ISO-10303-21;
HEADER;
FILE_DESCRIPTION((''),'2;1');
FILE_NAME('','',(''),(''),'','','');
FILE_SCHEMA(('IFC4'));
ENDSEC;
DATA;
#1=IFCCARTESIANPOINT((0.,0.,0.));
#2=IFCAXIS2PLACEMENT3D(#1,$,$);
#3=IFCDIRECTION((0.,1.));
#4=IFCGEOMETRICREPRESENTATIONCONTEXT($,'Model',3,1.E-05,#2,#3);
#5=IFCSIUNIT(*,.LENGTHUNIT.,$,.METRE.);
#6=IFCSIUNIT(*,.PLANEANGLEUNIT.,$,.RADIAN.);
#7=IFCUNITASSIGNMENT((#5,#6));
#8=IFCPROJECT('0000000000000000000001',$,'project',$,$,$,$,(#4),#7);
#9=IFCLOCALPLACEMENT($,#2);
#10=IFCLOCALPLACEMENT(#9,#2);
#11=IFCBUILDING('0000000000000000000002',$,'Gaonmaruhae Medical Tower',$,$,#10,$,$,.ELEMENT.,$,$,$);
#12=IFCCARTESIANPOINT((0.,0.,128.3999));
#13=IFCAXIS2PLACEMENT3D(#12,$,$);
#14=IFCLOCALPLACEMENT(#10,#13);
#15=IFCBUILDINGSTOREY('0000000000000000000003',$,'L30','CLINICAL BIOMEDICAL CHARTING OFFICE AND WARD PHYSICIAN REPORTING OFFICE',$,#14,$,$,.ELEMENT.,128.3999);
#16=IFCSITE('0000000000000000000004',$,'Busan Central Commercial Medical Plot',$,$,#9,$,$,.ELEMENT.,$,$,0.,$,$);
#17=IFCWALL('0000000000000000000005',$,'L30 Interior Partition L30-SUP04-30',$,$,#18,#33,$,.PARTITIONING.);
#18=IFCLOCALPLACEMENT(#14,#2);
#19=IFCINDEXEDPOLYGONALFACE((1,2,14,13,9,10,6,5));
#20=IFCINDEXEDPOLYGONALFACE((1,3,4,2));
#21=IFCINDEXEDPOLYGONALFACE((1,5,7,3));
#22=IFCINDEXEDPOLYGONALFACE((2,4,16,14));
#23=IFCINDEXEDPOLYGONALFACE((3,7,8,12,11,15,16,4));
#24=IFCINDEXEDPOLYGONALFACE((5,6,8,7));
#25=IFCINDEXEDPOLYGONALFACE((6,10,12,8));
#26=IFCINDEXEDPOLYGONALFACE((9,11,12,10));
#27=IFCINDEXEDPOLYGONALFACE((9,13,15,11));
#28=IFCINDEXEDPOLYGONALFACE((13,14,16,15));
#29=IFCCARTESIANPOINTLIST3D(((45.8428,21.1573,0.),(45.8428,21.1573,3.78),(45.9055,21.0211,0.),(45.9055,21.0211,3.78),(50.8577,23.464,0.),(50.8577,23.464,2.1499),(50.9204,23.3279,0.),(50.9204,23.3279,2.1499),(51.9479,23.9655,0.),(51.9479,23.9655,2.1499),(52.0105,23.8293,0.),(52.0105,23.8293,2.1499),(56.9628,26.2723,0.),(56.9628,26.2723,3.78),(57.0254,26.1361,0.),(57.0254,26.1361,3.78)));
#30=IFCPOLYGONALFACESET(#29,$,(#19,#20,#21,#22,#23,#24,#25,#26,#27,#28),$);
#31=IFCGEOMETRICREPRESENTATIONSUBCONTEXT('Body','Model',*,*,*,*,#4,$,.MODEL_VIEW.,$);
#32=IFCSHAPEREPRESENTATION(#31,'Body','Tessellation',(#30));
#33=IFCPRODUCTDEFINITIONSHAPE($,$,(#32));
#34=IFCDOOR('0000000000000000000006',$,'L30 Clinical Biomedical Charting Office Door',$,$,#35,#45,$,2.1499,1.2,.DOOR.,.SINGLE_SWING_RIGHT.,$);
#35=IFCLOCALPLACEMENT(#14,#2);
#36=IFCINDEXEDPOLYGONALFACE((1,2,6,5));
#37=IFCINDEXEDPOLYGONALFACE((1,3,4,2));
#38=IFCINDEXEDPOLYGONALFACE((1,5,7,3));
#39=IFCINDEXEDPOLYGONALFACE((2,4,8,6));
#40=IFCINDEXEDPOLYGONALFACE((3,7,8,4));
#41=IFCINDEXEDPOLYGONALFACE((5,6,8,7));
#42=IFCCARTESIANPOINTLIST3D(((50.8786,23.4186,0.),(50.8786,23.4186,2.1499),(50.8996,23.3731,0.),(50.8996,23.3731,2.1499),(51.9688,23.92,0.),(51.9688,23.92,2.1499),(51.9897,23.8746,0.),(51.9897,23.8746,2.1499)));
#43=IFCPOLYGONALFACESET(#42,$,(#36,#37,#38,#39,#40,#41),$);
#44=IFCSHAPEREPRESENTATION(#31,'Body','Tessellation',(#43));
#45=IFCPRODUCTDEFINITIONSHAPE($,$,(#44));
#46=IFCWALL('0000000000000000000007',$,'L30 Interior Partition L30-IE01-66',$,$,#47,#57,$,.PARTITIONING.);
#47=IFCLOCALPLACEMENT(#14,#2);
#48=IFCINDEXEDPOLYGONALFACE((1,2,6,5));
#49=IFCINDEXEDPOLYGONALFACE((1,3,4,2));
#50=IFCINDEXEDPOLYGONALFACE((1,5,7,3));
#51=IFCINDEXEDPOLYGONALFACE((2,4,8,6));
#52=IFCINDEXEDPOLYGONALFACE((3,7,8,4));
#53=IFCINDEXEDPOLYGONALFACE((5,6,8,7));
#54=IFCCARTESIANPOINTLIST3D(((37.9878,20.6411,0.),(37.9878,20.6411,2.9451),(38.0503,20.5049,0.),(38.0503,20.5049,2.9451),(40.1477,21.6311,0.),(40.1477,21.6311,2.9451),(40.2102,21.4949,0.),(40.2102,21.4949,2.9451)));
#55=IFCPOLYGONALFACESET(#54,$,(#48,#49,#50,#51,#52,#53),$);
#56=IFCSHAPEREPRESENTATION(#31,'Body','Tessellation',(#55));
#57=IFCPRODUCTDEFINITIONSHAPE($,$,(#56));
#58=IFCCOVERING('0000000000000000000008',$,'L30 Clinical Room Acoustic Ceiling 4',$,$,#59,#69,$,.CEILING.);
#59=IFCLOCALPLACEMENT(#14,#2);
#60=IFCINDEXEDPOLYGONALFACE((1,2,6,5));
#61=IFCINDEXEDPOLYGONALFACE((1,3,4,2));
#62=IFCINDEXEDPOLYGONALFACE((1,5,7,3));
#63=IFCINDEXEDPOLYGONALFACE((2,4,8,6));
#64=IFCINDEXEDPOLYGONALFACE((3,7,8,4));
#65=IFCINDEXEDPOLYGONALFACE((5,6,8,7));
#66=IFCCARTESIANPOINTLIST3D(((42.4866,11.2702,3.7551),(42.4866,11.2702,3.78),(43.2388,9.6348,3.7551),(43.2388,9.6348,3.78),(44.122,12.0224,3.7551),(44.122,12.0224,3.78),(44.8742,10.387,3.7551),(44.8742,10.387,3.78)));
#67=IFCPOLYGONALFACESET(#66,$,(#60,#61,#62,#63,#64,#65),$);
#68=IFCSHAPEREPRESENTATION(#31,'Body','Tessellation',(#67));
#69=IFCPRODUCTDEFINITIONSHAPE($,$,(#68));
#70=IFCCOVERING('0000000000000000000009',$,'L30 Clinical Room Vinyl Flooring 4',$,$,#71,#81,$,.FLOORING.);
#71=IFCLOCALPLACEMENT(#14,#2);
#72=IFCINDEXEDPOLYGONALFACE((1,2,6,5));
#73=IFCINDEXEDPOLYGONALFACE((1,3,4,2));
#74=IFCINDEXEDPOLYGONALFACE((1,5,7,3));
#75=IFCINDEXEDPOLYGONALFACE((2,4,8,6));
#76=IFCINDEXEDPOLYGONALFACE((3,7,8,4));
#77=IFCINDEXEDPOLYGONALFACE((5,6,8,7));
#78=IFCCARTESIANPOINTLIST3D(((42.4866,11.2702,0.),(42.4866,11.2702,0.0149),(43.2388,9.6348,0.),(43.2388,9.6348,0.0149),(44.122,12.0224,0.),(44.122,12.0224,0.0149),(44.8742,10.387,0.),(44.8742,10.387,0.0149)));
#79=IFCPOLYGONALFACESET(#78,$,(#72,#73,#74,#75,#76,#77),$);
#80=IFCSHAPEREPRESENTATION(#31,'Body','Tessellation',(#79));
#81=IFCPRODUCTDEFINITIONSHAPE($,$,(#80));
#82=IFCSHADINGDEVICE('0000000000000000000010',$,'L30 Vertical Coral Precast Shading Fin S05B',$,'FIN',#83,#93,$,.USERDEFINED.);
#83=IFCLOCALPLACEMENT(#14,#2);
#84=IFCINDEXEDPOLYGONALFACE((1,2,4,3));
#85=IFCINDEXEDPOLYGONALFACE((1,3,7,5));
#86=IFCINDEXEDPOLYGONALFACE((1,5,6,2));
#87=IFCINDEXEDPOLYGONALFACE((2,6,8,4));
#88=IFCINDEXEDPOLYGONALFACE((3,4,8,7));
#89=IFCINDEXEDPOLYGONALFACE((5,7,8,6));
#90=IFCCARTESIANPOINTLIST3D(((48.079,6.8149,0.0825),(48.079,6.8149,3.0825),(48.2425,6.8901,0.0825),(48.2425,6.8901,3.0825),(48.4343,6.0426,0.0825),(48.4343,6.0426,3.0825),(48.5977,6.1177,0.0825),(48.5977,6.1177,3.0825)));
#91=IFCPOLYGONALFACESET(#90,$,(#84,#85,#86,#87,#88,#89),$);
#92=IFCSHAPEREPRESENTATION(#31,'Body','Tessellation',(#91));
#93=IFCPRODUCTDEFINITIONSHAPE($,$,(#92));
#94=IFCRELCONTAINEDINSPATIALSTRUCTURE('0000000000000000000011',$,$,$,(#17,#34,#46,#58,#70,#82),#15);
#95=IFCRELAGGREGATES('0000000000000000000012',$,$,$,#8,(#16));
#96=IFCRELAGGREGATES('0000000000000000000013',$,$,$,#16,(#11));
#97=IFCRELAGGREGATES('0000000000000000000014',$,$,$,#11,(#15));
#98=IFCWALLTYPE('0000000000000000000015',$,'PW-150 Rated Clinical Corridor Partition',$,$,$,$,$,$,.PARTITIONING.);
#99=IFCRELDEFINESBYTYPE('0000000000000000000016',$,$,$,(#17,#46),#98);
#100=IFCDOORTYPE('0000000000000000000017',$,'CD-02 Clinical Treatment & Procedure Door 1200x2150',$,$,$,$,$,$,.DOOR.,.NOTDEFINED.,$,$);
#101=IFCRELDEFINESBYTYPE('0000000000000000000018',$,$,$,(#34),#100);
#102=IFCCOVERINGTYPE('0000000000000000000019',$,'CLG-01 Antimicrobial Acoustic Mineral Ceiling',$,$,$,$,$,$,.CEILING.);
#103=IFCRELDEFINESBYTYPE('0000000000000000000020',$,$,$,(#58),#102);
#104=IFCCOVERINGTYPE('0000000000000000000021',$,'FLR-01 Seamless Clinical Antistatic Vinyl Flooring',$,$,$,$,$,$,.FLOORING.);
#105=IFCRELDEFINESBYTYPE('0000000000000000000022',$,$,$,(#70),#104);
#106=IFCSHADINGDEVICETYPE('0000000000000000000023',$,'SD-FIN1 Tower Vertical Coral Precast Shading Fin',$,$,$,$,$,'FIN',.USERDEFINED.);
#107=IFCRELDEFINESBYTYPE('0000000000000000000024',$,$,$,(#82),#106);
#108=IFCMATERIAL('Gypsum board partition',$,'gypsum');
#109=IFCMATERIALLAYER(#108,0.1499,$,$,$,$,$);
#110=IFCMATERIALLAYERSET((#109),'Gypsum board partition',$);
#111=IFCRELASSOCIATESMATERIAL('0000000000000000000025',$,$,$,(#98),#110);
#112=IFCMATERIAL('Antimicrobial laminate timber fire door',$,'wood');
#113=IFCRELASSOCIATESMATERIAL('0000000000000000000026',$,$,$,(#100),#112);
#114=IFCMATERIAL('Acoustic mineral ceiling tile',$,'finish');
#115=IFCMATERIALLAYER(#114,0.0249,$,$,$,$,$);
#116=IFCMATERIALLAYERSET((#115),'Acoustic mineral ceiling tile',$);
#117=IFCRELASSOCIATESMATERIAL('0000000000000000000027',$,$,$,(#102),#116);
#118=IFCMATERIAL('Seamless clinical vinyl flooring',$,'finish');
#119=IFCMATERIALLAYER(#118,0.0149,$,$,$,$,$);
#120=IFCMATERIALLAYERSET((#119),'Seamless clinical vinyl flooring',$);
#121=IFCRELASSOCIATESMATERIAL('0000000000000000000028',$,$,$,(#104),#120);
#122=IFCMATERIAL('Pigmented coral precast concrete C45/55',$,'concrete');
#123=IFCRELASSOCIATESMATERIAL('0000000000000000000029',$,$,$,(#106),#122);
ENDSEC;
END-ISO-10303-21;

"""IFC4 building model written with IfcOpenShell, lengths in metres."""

from ifc_helpers import new_model, si_unit, direction, frame, frame_2d, origin, origin_2d, place, context, subcontext, project, spatial, rectangle, extrude, material, layer, layer_set, type_object, element, fill, save


model = new_model("IFC4")

# Units and contexts
model_context = context("Model", 3, precision=1e-05, world=origin(), true_north=direction((0.0, 1.0)))
body_context = subcontext(model_context, "Body", "Model", "MODEL_VIEW")
ifc_project = project(units=[si_unit("LENGTHUNIT", "METRE"), si_unit("PLANEANGLEUNIT", "RADIAN")], contexts=[model_context])

# Site, building, storey
site_placement = place(None, origin())
site = spatial("IfcSite", under=ifc_project, at=site_placement, Name="Busan Central Commercial Medical Plot", CompositionType="ELEMENT", RefElevation=0.0)
building_placement = place(site_placement, origin())
building = spatial("IfcBuilding", under=site, at=building_placement, Name="Gaonmaruhae Medical Tower", CompositionType="ELEMENT")
storey_placement = place(building_placement, frame((0.0, 0.0, 128.3999)))
storey = spatial("IfcBuildingStorey", under=building, at=storey_placement, Name="L30", Description="CLINICAL BIOMEDICAL CHARTING OFFICE AND WARD PHYSICIAN REPORTING OFFICE", CompositionType="ELEMENT", Elevation=128.3999)

# Shared definitions
ifc_material_1 = material(Name="Gypsum board partition", Category="gypsum")
ifc_layer_1 = layer(ifc_material_1, 0.1499)
ifc_layer_set_1 = layer_set([ifc_layer_1], Name="Gypsum board partition")
wall_type_1 = type_object("IfcWallType", Name="PW-150 Rated Clinical Corridor Partition", PredefinedType="PARTITIONING", material=ifc_layer_set_1)

# Wall, opening, door
wall_1_placement = place(storey_placement, frame((45.874, 21.0891, 0.0), z_axis=(0.0, 0.0, 1.0), x_axis=(0.908495, 0.417895, 0.0)))
wall_1 = element("IfcWall", 1, at=wall_1_placement, inside=storey, type_object=wall_type_1, Name="L30 Interior Partition L30-SUP04-30", PredefinedType="PARTITIONING", context=body_context, shape_type="SweptSolid", body=[
    extrude(rectangle(XDim=12.24, YDim=0.1499, at=frame_2d((6.1201, 0.0))), origin(), (0.0, 0.0, 1.0), 3.78),
])
opening_1_placement = place(wall_1_placement, frame((5.52, 0.0, 0.0)))
opening_1 = element("IfcOpeningElement", 2, at=opening_1_placement, cuts=wall_1, PredefinedType="OPENING", context=body_context, shape_type="SweptSolid", body=[
    extrude(rectangle(XDim=1.2, YDim=2.1499, at=frame_2d((0.6001, 1.075))), frame((0.0, 0.085, 0.0), z_axis=(0.0, -1.0, 0.0), x_axis=(1.0, 0.0, 0.0)), (0.0, 0.0, 1.0), 0.1699),
])
ifc_material_2 = material(Name="Antimicrobial laminate timber fire door", Category="wood")
door_type = type_object("IfcDoorType", Name="CD-02 Clinical Treatment & Procedure Door 1200x2150", OperationType="NOTDEFINED", PredefinedType="DOOR", material=ifc_material_2)
door_placement = place(opening_1_placement, origin())
door = element("IfcDoor", 3, at=door_placement, inside=storey, type_object=door_type, Name="L30 Clinical Biomedical Charting Office Door", OperationType="SINGLE_SWING_RIGHT", OverallHeight=2.1499, OverallWidth=1.2, PredefinedType="DOOR", context=body_context, shape_type="SweptSolid", body=[
    extrude(rectangle(XDim=1.2, YDim=2.1499, at=frame_2d((0.6001, 1.075))), frame((0.0, 0.0249, 0.0), z_axis=(0.0, -1.0, 0.0), x_axis=(1.0, 0.0, 0.0)), (0.0, 0.0, 1.0), 0.05),
])
fill(opening_1, door)

# Wall
wall_2_placement = place(storey_placement, frame((40.179, 21.563, 0.0), z_axis=(0.0, 0.0, 1.0), x_axis=(-0.90906, -0.416665, 0.0)))
element("IfcWall", 4, at=wall_2_placement, inside=storey, type_object=wall_type_1, Name="L30 Interior Partition L30-IE01-66", PredefinedType="PARTITIONING", context=body_context, shape_type="SweptSolid", body=[
    extrude(rectangle(XDim=2.376, YDim=0.1499, at=frame_2d((1.188, 0.0))), origin(), (0.0, 0.0, 1.0), 2.9451),
])

# Coverings
ifc_material_3 = material(Name="Acoustic mineral ceiling tile", Category="finish")
ifc_layer_2 = layer(ifc_material_3, 0.0249)
ifc_layer_set_2 = layer_set([ifc_layer_2], Name="Acoustic mineral ceiling tile")
covering_type_1 = type_object("IfcCoveringType", Name="CLG-01 Antimicrobial Acoustic Mineral Ceiling", PredefinedType="CEILING", material=ifc_layer_set_2)
covering_1_placement = place(storey_placement, frame((43.6804, 10.8286, 3.7551), z_axis=(0.0, 0.0, 1.0), x_axis=(0.908508, 0.417867, 0.0)))
element("IfcCovering", 5, at=covering_1_placement, inside=storey, type_object=covering_type_1, Name="L30 Clinical Room Acoustic Ceiling 4", PredefinedType="CEILING", context=body_context, shape_type="SweptSolid", body=[
    extrude(rectangle(XDim=1.8, YDim=1.8, at=origin_2d()), origin(), (0.0, 0.0, 1.0), 0.0249),
])
ifc_material_4 = material(Name="Seamless clinical vinyl flooring", Category="finish")
ifc_layer_3 = layer(ifc_material_4, 0.0149)
ifc_layer_set_3 = layer_set([ifc_layer_3], Name="Seamless clinical vinyl flooring")
covering_type_2 = type_object("IfcCoveringType", Name="FLR-01 Seamless Clinical Antistatic Vinyl Flooring", PredefinedType="FLOORING", material=ifc_layer_set_3)
covering_2_placement = place(storey_placement, frame((43.6804, 10.8286, 0.0), z_axis=(0.0, 0.0, 1.0), x_axis=(0.908508, 0.417867, 0.0)))
element("IfcCovering", 6, at=covering_2_placement, inside=storey, type_object=covering_type_2, Name="L30 Clinical Room Vinyl Flooring 4", PredefinedType="FLOORING", context=body_context, shape_type="SweptSolid", body=[
    extrude(rectangle(XDim=1.8, YDim=1.8, at=origin_2d()), origin(), (0.0, 0.0, 1.0), 0.0149),
])

# Shading device
ifc_material_5 = material(Name="Pigmented coral precast concrete C45/55", Category="concrete")
shading_device_type = type_object("IfcShadingDeviceType", Name="SD-FIN1 Tower Vertical Coral Precast Shading Fin", ElementType="FIN", PredefinedType="USERDEFINED", material=ifc_material_5)
shading_device_placement = place(storey_placement, frame((48.3384, 6.4663, 0.0825), z_axis=(0.0, 0.0, 1.0), x_axis=(-0.908508, -0.417867, 0.0)))
element("IfcShadingDevice", 7, at=shading_device_placement, inside=storey, type_object=shading_device_type, Name="L30 Vertical Coral Precast Shading Fin S05B", ObjectType="FIN", PredefinedType="USERDEFINED", context=body_context, shape_type="SweptSolid", body=[
    extrude(rectangle(XDim=0.1799, YDim=0.8501, at=origin_2d()), origin(), (0.0, 0.0, 1.0), 3.0),
])

save(model, "model.ifc")
